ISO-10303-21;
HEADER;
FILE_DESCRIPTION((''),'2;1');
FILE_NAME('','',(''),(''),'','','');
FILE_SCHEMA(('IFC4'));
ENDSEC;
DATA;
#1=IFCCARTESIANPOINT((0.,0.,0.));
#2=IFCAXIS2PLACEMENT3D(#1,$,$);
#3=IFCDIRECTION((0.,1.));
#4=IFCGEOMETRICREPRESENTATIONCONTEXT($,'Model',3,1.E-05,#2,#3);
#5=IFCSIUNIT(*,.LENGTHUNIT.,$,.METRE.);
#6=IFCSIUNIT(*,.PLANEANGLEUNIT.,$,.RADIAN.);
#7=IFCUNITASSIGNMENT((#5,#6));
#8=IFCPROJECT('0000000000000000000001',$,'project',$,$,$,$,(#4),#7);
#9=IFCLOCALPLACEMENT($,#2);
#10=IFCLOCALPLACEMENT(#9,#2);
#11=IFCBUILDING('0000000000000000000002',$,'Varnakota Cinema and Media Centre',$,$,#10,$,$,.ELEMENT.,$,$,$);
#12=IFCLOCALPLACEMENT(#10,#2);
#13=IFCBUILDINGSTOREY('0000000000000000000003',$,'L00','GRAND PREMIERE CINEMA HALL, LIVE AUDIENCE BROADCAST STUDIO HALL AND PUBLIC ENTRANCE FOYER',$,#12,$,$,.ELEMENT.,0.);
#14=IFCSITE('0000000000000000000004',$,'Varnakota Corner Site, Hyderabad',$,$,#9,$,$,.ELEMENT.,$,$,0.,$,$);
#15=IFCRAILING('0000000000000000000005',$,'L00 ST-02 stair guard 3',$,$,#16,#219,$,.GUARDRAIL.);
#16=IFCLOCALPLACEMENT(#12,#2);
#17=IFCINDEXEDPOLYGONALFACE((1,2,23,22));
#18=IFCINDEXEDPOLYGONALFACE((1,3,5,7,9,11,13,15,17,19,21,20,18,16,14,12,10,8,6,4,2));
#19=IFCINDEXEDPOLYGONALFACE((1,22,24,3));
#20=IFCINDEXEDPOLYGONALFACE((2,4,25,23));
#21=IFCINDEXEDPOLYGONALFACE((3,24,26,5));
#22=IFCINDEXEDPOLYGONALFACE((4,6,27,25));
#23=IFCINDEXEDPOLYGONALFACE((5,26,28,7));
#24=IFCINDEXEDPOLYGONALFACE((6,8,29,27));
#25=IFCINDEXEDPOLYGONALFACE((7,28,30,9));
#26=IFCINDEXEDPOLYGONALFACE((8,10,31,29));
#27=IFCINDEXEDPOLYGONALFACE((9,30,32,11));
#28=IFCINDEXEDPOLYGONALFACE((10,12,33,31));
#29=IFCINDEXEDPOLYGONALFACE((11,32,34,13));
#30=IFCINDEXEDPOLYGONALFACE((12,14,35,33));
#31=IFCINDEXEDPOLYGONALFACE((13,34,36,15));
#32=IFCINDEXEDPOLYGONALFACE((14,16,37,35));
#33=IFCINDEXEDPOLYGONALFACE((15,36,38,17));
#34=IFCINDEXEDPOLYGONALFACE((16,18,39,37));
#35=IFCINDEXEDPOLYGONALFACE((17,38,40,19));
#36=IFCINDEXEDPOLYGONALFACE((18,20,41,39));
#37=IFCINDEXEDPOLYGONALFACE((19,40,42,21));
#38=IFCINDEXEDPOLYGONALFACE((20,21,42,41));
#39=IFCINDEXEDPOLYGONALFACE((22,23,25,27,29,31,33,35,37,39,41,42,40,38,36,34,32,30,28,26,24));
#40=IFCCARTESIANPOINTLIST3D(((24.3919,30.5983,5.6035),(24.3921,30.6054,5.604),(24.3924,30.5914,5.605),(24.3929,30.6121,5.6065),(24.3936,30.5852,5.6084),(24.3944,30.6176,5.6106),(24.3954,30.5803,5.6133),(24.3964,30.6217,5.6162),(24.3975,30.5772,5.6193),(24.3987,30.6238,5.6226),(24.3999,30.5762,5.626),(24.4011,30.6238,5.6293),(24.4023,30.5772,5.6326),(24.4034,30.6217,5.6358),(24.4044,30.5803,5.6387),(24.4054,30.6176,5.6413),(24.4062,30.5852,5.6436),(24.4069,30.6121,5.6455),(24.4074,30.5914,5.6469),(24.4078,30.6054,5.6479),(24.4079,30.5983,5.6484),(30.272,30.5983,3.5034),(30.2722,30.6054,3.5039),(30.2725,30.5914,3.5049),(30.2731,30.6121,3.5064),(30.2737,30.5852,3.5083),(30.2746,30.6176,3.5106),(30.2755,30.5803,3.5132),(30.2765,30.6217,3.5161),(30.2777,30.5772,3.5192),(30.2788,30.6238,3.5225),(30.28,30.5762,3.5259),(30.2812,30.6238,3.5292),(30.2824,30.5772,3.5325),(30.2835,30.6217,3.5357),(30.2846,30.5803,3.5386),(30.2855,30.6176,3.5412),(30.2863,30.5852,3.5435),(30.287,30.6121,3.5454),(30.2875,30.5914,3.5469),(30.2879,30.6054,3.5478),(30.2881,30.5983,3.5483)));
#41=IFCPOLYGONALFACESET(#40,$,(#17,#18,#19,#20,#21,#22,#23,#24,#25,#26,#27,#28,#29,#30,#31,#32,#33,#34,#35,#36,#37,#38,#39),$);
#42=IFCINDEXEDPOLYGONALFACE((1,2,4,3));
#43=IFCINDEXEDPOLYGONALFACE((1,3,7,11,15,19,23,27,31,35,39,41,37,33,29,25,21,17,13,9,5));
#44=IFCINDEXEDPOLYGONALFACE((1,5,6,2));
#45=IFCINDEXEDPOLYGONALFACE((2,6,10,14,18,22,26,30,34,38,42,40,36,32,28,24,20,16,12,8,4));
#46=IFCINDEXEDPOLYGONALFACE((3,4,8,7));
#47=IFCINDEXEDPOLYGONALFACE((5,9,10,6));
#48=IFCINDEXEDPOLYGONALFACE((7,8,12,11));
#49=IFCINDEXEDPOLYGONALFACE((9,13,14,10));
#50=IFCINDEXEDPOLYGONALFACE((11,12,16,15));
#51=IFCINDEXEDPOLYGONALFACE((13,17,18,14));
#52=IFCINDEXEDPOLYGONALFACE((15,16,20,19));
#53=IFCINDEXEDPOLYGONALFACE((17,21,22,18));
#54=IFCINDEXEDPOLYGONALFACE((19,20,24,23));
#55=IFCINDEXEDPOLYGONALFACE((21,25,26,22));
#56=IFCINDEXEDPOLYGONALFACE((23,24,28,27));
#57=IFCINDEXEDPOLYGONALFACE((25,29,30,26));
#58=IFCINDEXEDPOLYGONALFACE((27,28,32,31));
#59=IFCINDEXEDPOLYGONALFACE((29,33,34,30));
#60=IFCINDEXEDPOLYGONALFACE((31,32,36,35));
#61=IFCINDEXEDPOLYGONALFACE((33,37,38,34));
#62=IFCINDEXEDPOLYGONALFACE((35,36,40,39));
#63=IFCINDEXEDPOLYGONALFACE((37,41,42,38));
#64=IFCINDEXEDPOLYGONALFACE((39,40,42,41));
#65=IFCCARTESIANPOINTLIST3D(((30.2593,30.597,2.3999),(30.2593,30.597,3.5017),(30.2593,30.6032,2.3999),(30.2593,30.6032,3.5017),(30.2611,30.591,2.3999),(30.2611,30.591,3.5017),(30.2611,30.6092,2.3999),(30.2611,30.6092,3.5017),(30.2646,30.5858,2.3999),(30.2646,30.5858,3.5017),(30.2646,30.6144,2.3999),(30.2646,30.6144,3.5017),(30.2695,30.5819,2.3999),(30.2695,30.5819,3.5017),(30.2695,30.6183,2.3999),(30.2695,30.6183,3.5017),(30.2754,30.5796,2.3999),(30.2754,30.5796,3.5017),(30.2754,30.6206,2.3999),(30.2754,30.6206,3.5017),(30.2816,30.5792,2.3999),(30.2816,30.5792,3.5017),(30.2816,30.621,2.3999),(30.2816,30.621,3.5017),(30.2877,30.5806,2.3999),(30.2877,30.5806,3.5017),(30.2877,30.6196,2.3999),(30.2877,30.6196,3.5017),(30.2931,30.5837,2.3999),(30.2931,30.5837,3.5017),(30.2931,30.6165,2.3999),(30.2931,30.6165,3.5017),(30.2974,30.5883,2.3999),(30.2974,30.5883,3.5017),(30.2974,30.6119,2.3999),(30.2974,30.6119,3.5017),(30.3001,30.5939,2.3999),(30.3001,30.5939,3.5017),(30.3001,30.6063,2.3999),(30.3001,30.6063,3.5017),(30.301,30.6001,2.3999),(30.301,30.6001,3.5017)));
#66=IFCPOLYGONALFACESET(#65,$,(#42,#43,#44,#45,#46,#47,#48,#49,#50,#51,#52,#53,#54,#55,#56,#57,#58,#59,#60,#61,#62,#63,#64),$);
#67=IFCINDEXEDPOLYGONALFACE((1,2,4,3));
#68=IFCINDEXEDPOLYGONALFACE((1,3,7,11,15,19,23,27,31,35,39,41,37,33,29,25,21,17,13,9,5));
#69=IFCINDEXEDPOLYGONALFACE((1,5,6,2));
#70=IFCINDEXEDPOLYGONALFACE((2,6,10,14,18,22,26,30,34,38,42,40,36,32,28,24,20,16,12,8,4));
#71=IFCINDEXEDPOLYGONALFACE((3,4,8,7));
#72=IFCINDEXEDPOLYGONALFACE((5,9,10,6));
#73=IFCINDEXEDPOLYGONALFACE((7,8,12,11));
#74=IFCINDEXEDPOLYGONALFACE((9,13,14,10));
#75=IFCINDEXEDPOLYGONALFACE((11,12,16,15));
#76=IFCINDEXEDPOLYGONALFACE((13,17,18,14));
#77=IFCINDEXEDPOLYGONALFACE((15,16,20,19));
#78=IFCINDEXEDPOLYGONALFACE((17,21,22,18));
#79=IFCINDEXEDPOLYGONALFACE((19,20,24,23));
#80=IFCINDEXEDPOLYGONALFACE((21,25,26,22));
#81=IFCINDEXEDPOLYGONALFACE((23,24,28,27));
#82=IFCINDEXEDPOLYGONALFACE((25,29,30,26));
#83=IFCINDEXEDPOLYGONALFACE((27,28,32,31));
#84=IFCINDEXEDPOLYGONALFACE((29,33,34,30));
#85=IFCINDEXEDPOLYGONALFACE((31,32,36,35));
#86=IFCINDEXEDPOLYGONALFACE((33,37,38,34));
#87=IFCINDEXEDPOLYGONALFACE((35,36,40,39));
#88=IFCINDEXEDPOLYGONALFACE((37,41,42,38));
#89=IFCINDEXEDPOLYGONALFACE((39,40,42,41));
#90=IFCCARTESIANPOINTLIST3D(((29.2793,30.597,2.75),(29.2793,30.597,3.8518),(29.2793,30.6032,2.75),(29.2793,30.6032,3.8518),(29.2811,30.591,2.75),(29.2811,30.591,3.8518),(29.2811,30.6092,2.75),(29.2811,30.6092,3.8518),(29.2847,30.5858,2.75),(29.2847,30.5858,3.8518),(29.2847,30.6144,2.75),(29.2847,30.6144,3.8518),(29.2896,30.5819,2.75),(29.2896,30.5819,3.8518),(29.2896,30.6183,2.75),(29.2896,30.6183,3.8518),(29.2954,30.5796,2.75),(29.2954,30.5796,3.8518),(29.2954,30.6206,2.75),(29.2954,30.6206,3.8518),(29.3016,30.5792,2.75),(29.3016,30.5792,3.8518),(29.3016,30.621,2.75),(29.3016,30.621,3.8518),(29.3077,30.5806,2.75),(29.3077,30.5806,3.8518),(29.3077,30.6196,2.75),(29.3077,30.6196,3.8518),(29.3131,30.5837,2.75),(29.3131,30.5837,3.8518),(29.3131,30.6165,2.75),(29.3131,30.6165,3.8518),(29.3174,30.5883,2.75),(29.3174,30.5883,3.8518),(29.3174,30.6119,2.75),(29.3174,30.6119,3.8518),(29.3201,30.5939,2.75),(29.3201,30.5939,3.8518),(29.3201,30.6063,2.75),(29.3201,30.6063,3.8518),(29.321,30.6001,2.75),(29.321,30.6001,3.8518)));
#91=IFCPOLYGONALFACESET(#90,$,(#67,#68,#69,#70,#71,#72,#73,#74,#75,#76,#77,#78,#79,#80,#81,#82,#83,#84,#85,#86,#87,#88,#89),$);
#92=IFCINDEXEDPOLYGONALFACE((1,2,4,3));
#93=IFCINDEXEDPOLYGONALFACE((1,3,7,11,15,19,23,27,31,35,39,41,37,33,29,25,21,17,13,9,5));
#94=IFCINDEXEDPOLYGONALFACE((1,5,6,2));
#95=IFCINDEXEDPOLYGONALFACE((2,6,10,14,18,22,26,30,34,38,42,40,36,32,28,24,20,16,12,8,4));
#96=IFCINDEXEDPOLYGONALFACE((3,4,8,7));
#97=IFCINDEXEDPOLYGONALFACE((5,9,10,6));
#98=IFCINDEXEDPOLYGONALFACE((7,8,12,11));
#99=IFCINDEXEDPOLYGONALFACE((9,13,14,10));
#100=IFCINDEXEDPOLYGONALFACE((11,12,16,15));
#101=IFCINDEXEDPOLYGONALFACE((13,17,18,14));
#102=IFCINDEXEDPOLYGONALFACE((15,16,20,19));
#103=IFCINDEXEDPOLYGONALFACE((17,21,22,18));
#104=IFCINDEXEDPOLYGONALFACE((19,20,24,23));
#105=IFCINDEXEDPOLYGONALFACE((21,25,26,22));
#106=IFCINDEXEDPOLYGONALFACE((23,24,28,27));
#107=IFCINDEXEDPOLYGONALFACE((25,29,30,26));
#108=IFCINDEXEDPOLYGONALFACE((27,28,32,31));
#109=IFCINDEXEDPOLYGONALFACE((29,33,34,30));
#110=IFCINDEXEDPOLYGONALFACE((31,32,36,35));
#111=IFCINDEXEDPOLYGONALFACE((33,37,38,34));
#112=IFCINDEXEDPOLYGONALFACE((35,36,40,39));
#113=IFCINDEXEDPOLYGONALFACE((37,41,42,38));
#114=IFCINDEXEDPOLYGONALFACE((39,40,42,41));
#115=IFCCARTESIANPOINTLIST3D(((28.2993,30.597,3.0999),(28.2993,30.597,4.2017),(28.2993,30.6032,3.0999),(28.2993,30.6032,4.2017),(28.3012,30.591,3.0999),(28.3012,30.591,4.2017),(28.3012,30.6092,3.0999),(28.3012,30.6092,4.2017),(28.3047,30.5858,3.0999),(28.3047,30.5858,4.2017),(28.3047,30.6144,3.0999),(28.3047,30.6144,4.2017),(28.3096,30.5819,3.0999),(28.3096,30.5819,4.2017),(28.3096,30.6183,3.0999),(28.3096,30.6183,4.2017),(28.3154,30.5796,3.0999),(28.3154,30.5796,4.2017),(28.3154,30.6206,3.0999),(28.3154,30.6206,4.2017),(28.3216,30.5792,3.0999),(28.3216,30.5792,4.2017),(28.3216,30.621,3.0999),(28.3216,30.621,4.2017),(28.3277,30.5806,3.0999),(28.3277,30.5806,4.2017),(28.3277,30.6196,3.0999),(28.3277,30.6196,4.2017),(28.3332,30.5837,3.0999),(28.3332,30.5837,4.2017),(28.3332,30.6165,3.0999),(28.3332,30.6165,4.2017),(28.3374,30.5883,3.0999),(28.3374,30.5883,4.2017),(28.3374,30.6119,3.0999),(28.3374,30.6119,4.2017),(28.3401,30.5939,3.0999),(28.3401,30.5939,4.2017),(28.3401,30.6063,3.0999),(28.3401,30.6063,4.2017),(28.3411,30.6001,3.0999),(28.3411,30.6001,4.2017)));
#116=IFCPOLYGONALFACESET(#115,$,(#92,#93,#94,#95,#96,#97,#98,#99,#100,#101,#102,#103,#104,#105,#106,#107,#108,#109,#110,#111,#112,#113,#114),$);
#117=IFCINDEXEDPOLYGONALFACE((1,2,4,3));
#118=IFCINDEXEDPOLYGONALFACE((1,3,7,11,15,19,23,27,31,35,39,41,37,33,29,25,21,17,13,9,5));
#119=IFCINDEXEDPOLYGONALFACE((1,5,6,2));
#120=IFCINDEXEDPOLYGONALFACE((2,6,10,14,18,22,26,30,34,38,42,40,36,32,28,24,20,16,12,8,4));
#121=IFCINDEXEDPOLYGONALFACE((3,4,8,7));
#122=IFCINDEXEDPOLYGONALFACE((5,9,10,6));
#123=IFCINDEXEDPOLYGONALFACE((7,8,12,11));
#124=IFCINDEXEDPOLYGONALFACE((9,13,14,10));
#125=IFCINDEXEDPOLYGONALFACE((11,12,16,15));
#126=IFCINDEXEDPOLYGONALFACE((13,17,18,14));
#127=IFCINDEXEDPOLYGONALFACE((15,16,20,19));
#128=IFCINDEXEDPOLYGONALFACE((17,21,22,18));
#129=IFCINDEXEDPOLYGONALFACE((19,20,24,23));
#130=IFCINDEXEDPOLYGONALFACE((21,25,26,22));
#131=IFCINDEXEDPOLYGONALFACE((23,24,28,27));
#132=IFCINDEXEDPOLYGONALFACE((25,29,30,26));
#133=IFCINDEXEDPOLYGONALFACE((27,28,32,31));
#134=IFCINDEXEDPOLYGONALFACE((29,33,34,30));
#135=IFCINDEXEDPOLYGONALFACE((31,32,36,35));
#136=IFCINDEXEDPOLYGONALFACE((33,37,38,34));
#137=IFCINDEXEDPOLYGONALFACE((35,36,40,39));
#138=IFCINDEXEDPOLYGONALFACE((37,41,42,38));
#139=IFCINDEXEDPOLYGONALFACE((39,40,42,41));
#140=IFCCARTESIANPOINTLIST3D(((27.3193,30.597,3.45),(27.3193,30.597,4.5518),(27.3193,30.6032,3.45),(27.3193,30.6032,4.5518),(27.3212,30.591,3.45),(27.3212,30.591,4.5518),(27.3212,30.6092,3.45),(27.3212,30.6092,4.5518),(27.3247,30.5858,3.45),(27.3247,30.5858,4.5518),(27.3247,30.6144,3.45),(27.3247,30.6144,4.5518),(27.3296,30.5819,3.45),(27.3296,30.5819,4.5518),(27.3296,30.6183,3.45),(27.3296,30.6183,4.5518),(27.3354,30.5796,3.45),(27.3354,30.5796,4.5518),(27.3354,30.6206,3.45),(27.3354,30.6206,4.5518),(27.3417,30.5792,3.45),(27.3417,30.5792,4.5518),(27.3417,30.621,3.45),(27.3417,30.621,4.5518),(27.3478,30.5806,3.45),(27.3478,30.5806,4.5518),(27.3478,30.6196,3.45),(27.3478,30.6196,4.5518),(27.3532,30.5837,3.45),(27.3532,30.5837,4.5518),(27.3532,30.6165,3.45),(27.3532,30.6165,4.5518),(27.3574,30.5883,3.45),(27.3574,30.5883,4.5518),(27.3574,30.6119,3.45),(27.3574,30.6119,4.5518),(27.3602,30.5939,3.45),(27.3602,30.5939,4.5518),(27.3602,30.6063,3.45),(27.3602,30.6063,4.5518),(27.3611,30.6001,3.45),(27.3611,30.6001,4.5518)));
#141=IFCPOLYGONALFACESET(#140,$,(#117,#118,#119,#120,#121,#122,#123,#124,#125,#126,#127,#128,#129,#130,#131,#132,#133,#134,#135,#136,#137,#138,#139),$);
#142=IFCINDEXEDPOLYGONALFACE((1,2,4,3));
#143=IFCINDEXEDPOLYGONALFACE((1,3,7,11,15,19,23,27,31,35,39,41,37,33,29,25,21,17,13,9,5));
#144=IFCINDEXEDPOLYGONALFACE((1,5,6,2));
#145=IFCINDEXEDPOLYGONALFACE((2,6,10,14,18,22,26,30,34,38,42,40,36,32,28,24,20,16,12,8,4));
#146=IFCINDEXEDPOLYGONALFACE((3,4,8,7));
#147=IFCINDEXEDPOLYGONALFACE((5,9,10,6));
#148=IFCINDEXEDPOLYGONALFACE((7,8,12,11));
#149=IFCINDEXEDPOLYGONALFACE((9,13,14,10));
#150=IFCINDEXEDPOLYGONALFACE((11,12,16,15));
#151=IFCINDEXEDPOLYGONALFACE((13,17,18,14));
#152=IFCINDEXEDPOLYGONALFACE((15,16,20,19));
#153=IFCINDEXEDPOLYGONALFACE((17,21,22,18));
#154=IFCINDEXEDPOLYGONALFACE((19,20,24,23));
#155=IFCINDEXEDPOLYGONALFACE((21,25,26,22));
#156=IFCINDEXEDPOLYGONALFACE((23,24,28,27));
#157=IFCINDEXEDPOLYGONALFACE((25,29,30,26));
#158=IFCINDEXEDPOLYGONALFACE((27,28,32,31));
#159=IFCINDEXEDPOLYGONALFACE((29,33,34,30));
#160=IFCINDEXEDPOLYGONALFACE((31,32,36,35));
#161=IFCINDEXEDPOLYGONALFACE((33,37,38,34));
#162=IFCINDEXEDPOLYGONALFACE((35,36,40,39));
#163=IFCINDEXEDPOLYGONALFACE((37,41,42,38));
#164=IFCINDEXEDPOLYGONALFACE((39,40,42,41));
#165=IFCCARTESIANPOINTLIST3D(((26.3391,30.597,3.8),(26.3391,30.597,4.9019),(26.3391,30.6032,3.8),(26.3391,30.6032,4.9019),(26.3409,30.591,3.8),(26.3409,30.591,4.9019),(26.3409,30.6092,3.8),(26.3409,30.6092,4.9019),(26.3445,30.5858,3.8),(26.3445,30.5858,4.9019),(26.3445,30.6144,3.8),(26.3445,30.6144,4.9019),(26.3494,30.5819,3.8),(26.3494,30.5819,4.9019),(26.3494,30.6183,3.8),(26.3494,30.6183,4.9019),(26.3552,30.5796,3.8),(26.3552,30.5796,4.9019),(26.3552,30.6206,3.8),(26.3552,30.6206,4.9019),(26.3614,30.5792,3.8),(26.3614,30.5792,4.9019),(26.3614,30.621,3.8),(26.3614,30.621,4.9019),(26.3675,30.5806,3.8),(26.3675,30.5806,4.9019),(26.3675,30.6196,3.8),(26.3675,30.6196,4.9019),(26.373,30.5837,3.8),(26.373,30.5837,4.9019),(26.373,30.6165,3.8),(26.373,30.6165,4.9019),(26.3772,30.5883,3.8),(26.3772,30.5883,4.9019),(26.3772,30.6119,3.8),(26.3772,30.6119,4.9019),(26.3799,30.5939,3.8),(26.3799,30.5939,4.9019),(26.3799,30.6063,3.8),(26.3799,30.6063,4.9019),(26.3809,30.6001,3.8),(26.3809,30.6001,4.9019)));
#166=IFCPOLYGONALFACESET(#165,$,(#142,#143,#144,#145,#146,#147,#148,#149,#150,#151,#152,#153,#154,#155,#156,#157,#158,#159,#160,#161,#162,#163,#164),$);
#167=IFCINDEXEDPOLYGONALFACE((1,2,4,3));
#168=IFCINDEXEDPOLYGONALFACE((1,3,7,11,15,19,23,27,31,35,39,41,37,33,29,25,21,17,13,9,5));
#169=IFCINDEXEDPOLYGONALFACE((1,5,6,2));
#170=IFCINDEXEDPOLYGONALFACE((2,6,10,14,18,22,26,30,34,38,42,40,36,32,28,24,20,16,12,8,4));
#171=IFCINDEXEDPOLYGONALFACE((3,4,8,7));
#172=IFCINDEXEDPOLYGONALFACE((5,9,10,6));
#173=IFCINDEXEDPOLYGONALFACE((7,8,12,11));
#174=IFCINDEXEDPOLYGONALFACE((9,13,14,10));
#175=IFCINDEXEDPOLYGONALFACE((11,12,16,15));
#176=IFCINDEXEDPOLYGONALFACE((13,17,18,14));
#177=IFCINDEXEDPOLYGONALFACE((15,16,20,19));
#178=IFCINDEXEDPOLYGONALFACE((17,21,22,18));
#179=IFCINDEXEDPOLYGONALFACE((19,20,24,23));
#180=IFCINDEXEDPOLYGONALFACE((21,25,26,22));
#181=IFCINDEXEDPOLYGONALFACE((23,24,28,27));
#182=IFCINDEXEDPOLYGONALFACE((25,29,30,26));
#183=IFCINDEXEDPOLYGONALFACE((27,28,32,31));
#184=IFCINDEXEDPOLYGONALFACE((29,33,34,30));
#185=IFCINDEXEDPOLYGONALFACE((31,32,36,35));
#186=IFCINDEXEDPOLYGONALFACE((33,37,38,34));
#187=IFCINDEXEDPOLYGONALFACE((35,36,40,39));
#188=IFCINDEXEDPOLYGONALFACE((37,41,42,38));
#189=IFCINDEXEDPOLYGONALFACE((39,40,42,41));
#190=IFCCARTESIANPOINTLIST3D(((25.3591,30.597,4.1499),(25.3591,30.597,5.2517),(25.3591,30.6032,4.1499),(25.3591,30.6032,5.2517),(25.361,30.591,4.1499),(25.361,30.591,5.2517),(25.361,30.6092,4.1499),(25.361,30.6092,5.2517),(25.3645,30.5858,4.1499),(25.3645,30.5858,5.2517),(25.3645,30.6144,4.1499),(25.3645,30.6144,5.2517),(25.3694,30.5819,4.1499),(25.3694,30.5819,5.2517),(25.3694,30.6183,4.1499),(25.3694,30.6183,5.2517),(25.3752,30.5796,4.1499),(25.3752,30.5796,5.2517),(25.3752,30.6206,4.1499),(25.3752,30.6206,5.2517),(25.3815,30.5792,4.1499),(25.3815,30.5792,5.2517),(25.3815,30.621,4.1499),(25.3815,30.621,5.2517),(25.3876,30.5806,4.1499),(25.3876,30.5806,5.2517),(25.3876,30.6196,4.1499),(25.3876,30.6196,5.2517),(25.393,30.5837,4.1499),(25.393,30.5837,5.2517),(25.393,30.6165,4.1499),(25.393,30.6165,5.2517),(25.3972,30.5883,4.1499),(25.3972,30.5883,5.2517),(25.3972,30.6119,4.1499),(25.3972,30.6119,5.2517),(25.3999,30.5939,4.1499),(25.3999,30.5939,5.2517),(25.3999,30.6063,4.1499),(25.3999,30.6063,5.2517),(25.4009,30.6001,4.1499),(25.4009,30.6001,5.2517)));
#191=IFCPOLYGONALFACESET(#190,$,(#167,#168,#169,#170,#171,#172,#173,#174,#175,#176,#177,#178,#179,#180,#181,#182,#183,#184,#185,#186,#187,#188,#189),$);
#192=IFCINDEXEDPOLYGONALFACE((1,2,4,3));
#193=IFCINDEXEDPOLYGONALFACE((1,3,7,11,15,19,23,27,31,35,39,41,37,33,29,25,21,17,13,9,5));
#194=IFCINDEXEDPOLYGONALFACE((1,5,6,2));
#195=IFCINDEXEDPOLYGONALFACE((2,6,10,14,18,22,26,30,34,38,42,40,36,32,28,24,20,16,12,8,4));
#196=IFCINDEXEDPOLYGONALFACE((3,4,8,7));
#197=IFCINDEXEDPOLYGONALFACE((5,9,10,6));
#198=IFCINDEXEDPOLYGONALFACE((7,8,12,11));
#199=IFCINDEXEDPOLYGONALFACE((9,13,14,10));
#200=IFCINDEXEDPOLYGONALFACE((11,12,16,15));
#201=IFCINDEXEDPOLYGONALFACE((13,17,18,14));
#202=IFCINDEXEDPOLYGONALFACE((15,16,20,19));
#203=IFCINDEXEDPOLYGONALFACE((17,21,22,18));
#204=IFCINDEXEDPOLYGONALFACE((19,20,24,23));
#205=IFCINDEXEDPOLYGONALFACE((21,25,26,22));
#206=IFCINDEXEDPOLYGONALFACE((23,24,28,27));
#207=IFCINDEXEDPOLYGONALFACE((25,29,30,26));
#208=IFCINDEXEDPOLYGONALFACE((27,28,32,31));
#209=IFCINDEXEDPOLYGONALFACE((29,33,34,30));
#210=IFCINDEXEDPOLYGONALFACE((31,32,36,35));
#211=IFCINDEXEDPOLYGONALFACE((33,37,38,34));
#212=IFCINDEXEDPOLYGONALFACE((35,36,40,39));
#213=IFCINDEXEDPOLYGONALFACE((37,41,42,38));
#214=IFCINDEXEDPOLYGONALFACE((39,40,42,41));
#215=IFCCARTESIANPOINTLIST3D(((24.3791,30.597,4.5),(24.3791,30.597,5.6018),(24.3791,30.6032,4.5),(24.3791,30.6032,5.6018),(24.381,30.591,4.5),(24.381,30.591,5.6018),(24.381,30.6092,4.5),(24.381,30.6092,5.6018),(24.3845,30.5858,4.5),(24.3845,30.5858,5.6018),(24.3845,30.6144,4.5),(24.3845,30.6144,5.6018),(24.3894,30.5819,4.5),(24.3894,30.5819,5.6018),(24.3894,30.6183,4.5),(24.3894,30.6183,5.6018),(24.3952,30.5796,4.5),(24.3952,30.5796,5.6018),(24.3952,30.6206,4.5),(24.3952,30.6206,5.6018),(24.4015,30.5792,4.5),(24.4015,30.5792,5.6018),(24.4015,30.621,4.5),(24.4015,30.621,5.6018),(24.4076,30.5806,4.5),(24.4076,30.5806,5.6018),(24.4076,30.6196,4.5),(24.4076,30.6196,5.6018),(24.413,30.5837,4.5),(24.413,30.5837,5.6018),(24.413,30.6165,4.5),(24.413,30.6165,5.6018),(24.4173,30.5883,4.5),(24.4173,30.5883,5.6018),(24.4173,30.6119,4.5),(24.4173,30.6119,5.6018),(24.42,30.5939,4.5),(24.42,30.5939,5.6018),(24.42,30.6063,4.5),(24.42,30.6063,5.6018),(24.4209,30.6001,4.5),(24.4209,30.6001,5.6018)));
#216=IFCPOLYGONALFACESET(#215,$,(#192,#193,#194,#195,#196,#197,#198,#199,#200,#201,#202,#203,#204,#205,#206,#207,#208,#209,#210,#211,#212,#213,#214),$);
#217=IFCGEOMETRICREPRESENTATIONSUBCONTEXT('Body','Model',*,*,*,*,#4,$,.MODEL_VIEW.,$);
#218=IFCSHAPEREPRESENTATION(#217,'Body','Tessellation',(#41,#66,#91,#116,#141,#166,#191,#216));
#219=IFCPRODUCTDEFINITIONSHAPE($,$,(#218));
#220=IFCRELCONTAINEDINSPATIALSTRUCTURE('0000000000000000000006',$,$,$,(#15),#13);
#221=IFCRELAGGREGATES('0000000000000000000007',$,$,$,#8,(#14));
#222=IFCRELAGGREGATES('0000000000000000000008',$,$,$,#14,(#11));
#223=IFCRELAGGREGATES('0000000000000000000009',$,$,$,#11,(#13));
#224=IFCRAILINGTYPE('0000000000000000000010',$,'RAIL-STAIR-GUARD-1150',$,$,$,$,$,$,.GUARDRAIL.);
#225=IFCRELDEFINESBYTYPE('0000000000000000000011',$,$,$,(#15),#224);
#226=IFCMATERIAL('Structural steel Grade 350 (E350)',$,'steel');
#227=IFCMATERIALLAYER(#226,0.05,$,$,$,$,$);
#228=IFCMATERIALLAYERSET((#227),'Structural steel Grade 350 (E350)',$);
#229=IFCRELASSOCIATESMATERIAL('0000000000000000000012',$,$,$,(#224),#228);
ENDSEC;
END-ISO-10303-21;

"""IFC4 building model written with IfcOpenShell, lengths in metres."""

from ifc_helpers import new_model, si_unit, direction, frame, origin, origin_2d, place, context, subcontext, project, spatial, circle, extrude, material, layer, layer_set, type_object, element, save


model = new_model("IFC4")

# Units and contexts
model_context = context("Model", 3, precision=1e-05, world=origin(), true_north=direction((0.0, 1.0)))
body_context = subcontext(model_context, "Body", "Model", "MODEL_VIEW")
ifc_project = project(units=[si_unit("LENGTHUNIT", "METRE"), si_unit("PLANEANGLEUNIT", "RADIAN")], contexts=[model_context])

# Site, building, storey
site_placement = place(None, origin())
site = spatial("IfcSite", under=ifc_project, at=site_placement, Name="Varnakota Corner Site, Hyderabad", CompositionType="ELEMENT", RefElevation=0.0)
building_placement = place(site_placement, origin())
building = spatial("IfcBuilding", under=site, at=building_placement, Name="Varnakota Cinema and Media Centre", CompositionType="ELEMENT")
storey_placement = place(building_placement, origin())
storey = spatial("IfcBuildingStorey", under=building, at=storey_placement, Name="L00", Description="GRAND PREMIERE CINEMA HALL, LIVE AUDIENCE BROADCAST STUDIO HALL AND PUBLIC ENTRANCE FOYER", CompositionType="ELEMENT", Elevation=0.0)

# Railing
ifc_material_1 = material(Name="Structural steel Grade 350 (E350)", Category="steel")
ifc_layer_1 = layer(ifc_material_1, 0.05)
ifc_layer_set_1 = layer_set([ifc_layer_1], Name="Structural steel Grade 350 (E350)")
railing_type_1 = type_object("IfcRailingType", Name="RAIL-STAIR-GUARD-1150", PredefinedType="GUARDRAIL", material=ifc_layer_set_1)
railing_1_placement = place(storey_placement, frame((30.28, 30.6001, 2.3999)))
element("IfcRailing", 1, at=railing_1_placement, inside=storey, type_object=railing_type_1, Name="L00 ST-02 stair guard 3", PredefinedType="GUARDRAIL", context=body_context, shape_type="SweptSolid", body=[
    extrude(circle(Radius=0.0239, at=origin_2d()), frame((0.0, 0.0, 1.126), z_axis=(-0.941739, 0.0, 0.336344), x_axis=(0.0, -1.0, 0.0)), (0.0, 0.0, 1.0), 6.2439),
    extrude(circle(Radius=0.021, at=origin_2d()), origin(), (0.0, 0.0, 1.0), 1.1018),
    extrude(circle(Radius=0.021, at=origin_2d()), frame((-0.98, 0.0, 0.3501)), (0.0, 0.0, 1.0), 1.1018),
    extrude(circle(Radius=0.021, at=origin_2d()), frame((-1.96, 0.0, 0.7)), (0.0, 0.0, 1.0), 1.1018),
    extrude(circle(Radius=0.021, at=origin_2d()), frame((-2.9399, 0.0, 1.05)), (0.0, 0.0, 1.0), 1.1018),
    extrude(circle(Radius=0.021, at=origin_2d()), frame((-3.9202, 0.0, 1.4001)), (0.0, 0.0, 1.0), 1.1018),
    extrude(circle(Radius=0.021, at=origin_2d()), frame((-4.9001, 0.0, 1.75)), (0.0, 0.0, 1.0), 1.1018),
    extrude(circle(Radius=0.021, at=origin_2d()), frame((-5.8801, 0.0, 2.1001)), (0.0, 0.0, 1.0), 1.1018),
])

save(model, "model.ifc")
